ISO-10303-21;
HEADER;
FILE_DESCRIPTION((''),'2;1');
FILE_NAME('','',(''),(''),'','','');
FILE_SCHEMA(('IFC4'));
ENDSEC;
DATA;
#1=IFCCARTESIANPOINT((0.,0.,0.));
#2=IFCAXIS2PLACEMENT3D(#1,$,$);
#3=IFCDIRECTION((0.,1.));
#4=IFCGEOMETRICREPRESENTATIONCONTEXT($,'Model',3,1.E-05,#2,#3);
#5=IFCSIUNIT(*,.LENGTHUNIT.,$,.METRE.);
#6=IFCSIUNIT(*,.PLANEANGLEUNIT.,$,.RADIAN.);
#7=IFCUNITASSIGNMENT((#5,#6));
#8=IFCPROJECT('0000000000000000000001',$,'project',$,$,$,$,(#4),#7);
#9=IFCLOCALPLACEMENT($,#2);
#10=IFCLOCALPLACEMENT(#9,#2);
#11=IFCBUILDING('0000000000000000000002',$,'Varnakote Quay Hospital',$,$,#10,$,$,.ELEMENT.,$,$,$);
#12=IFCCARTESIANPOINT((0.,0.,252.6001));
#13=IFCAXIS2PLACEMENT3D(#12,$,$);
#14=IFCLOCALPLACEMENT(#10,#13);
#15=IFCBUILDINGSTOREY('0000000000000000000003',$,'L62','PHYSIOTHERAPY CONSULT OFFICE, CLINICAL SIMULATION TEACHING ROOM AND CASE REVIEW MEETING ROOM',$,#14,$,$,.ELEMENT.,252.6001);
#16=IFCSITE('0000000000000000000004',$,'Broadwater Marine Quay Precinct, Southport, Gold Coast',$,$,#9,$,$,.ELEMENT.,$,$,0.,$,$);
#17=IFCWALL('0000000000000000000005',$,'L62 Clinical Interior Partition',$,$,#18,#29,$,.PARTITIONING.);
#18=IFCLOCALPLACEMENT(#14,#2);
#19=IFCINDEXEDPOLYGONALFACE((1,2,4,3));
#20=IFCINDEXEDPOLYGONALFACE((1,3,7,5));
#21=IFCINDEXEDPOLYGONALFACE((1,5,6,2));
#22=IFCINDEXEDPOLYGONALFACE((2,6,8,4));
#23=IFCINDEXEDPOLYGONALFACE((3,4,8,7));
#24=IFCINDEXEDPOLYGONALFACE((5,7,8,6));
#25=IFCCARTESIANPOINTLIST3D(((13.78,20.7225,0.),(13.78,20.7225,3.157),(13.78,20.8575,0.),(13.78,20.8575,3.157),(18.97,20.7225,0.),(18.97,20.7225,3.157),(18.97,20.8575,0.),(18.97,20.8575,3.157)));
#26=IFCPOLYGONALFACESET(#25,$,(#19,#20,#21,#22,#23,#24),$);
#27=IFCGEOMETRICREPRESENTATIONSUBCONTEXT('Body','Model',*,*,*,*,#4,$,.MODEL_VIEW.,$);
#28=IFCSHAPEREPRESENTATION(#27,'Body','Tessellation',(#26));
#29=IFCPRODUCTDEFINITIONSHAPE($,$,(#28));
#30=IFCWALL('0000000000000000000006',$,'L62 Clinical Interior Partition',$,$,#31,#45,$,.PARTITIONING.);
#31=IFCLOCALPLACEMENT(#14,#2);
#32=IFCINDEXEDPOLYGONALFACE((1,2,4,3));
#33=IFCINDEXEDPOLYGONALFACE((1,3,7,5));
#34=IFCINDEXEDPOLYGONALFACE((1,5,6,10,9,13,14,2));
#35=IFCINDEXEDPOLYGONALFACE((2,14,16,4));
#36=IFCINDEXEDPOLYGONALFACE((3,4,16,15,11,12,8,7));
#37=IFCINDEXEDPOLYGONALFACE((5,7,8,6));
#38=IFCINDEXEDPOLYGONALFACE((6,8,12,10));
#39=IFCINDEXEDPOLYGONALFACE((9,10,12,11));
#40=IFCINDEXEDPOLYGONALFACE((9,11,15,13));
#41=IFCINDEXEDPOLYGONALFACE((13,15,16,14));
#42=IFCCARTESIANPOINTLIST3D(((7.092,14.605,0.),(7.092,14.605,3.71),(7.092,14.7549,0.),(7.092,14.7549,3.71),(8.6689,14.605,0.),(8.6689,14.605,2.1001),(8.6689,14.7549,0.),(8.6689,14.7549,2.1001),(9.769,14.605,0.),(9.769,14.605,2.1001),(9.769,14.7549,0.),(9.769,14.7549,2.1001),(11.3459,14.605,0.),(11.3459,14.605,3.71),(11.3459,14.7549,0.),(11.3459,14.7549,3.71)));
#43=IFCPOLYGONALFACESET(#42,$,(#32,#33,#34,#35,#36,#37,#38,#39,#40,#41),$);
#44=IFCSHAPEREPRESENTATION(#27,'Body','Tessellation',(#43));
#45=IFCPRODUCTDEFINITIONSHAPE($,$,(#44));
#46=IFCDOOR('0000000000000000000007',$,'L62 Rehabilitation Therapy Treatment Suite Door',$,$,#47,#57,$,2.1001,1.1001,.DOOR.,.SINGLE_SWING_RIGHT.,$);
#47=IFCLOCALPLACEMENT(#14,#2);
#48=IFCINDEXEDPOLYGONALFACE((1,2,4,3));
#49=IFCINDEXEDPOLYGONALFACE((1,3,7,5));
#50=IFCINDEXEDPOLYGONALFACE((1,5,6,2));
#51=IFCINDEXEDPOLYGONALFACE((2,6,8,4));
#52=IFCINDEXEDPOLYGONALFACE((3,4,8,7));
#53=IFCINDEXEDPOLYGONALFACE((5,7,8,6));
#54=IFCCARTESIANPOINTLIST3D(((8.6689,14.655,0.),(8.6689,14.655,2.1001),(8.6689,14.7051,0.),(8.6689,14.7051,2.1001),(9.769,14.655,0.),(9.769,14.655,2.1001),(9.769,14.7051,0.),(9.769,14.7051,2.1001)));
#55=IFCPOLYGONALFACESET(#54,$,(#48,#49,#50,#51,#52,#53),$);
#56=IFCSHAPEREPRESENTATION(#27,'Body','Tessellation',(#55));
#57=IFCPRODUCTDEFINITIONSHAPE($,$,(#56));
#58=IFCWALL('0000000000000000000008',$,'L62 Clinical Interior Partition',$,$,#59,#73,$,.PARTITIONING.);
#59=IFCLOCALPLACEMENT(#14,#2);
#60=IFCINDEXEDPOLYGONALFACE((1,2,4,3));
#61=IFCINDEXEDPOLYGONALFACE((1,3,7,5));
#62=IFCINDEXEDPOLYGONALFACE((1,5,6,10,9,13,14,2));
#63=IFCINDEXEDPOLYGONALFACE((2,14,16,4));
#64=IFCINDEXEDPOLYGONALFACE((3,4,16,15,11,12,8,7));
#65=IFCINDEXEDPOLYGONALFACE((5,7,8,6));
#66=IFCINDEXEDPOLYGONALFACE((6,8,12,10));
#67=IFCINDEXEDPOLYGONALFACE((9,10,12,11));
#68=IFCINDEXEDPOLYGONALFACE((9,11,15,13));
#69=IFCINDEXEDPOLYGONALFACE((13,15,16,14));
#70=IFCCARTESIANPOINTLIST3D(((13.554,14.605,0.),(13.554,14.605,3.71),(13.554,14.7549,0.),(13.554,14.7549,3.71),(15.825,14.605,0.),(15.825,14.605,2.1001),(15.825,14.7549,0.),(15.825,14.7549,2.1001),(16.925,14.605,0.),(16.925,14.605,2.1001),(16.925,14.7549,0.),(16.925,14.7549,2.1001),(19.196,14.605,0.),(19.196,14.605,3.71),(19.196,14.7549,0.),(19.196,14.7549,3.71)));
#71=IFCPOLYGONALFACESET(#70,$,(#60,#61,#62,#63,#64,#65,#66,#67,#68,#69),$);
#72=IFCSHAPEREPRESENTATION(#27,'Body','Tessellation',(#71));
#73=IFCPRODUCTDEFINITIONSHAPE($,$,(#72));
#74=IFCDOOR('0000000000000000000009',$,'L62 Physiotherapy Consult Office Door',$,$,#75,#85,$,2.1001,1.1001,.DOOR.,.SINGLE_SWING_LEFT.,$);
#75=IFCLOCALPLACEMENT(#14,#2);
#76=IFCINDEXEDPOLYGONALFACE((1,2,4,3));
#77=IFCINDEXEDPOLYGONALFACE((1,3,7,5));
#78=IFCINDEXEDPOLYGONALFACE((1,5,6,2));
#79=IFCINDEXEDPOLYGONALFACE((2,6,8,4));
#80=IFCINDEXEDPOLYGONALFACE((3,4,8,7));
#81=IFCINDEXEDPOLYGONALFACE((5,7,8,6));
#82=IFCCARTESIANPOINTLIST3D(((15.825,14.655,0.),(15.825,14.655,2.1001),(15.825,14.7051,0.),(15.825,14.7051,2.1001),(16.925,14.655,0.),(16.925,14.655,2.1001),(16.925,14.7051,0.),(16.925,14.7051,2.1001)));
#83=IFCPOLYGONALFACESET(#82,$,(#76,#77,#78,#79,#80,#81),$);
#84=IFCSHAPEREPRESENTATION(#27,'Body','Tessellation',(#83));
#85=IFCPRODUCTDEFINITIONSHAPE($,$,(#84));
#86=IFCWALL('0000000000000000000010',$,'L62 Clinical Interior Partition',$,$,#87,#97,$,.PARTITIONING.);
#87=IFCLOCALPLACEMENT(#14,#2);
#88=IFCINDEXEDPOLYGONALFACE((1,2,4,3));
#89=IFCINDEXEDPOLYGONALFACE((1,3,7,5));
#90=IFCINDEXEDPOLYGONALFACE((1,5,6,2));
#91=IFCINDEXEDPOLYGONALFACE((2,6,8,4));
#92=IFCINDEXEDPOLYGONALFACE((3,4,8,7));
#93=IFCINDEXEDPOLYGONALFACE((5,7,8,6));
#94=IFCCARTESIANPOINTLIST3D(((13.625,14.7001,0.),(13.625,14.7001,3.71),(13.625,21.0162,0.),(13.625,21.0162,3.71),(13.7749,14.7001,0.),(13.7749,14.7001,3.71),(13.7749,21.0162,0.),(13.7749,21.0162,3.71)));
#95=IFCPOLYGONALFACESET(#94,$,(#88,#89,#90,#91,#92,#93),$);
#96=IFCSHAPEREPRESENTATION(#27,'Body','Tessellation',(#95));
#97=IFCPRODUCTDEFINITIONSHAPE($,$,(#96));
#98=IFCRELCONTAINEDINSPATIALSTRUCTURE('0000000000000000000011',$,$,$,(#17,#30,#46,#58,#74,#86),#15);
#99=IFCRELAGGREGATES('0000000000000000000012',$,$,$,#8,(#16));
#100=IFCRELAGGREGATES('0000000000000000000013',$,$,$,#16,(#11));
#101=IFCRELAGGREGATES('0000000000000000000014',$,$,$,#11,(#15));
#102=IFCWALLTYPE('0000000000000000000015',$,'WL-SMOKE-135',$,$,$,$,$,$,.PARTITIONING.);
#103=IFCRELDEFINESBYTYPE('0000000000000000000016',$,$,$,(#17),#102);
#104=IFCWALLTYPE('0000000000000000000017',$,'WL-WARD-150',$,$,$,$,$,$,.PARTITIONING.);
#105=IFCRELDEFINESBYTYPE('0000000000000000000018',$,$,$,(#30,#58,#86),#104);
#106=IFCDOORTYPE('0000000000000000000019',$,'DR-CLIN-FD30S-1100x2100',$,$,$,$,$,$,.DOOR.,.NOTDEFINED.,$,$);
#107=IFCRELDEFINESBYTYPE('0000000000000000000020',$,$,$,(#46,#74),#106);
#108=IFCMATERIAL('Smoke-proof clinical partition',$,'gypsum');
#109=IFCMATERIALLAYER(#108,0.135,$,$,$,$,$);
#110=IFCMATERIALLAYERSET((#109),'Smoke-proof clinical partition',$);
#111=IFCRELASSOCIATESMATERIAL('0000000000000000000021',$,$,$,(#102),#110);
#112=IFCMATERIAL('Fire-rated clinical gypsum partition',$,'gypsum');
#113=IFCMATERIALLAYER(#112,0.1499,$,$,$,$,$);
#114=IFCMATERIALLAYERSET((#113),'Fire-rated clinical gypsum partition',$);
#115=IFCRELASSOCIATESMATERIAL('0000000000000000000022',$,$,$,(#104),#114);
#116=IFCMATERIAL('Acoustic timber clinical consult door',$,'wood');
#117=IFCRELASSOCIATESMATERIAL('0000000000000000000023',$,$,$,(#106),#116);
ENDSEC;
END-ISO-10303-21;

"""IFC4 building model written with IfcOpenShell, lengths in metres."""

from ifc_helpers import new_model, si_unit, direction, frame, frame_2d, origin, place, context, subcontext, project, spatial, rectangle, extrude, material, layer, layer_set, type_object, element, fill, save


model = new_model("IFC4")

# Units and contexts
model_context = context("Model", 3, precision=1e-05, world=origin(), true_north=direction((0.0, 1.0)))
body_context = subcontext(model_context, "Body", "Model", "MODEL_VIEW")
ifc_project = project(units=[si_unit("LENGTHUNIT", "METRE"), si_unit("PLANEANGLEUNIT", "RADIAN")], contexts=[model_context])

# Site, building, storey
site_placement = place(None, origin())
site = spatial("IfcSite", under=ifc_project, at=site_placement, Name="Broadwater Marine Quay Precinct, Southport, Gold Coast", CompositionType="ELEMENT", RefElevation=0.0)
building_placement = place(site_placement, origin())
building = spatial("IfcBuilding", under=site, at=building_placement, Name="Varnakote Quay Hospital", CompositionType="ELEMENT")
storey_placement = place(building_placement, frame((0.0, 0.0, 252.6001)))
storey = spatial("IfcBuildingStorey", under=building, at=storey_placement, Name="L62", Description="PHYSIOTHERAPY CONSULT OFFICE, CLINICAL SIMULATION TEACHING ROOM AND CASE REVIEW MEETING ROOM", CompositionType="ELEMENT", Elevation=252.6001)

# Wall
ifc_material_1 = material(Name="Smoke-proof clinical partition", Category="gypsum")
ifc_layer_1 = layer(ifc_material_1, 0.135)
ifc_layer_set_1 = layer_set([ifc_layer_1], Name="Smoke-proof clinical partition")
wall_type_1 = type_object("IfcWallType", Name="WL-SMOKE-135", PredefinedType="PARTITIONING", material=ifc_layer_set_1)
wall_1_placement = place(storey_placement, frame((18.97, 20.79, 0.0), z_axis=(0.0, 0.0, 1.0), x_axis=(-1.0, 0.0, 0.0)))
element("IfcWall", 1, at=wall_1_placement, inside=storey, type_object=wall_type_1, Name="L62 Clinical Interior Partition", PredefinedType="PARTITIONING", context=body_context, shape_type="SweptSolid", body=[
    extrude(rectangle(XDim=5.1899, YDim=0.135, at=frame_2d((2.595, 0.0))), origin(), (0.0, 0.0, 1.0), 3.157),
])

# Walls, openings, doors
ifc_material_2 = material(Name="Fire-rated clinical gypsum partition", Category="gypsum")
ifc_layer_2 = layer(ifc_material_2, 0.1499)
ifc_layer_set_2 = layer_set([ifc_layer_2], Name="Fire-rated clinical gypsum partition")
wall_type_2 = type_object("IfcWallType", Name="WL-WARD-150", PredefinedType="PARTITIONING", material=ifc_layer_set_2)
wall_2_placement = place(storey_placement, frame((11.3459, 14.6799, 0.0), z_axis=(0.0, 0.0, 1.0), x_axis=(-1.0, 0.0, 0.0)))
wall_2 = element("IfcWall", 2, at=wall_2_placement, inside=storey, type_object=wall_type_2, Name="L62 Clinical Interior Partition", PredefinedType="PARTITIONING", context=body_context, shape_type="SweptSolid", body=[
    extrude(rectangle(XDim=4.2539, YDim=0.1499, at=frame_2d((2.127, 0.0))), origin(), (0.0, 0.0, 1.0), 3.71),
])
opening_1_placement = place(wall_2_placement, frame((1.5769, 0.0, 0.0)))
opening_1 = element("IfcOpeningElement", 3, at=opening_1_placement, cuts=wall_2, PredefinedType="OPENING", context=body_context, shape_type="SweptSolid", body=[
    extrude(rectangle(XDim=1.1001, YDim=2.1001, at=frame_2d((0.55, 1.05))), frame((0.0, 0.085, 0.0), z_axis=(0.0, -1.0, 0.0), x_axis=(1.0, 0.0, 0.0)), (0.0, 0.0, 1.0), 0.1699),
])
ifc_material_3 = material(Name="Acoustic timber clinical consult door", Category="wood")
door_type_1 = type_object("IfcDoorType", Name="DR-CLIN-FD30S-1100x2100", OperationType="NOTDEFINED", PredefinedType="DOOR", material=ifc_material_3)
door_1_placement = place(opening_1_placement, origin())
door_1 = element("IfcDoor", 4, at=door_1_placement, inside=storey, type_object=door_type_1, Name="L62 Rehabilitation Therapy Treatment Suite Door", OperationType="SINGLE_SWING_RIGHT", OverallHeight=2.1001, OverallWidth=1.1001, PredefinedType="DOOR", context=body_context, shape_type="SweptSolid", body=[
    extrude(rectangle(XDim=1.1001, YDim=2.1001, at=frame_2d((0.55, 1.05))), frame((0.0, 0.0249, 0.0), z_axis=(0.0, -1.0, 0.0), x_axis=(1.0, 0.0, 0.0)), (0.0, 0.0, 1.0), 0.05),
])
fill(opening_1, door_1)
wall_3_placement = place(storey_placement, frame((19.196, 14.6799, 0.0), z_axis=(0.0, 0.0, 1.0), x_axis=(-1.0, 0.0, 0.0)))
wall_3 = element("IfcWall", 5, at=wall_3_placement, inside=storey, type_object=wall_type_2, Name="L62 Clinical Interior Partition", PredefinedType="PARTITIONING", context=body_context, shape_type="SweptSolid", body=[
    extrude(rectangle(XDim=5.6421, YDim=0.1499, at=frame_2d((2.821, 0.0))), origin(), (0.0, 0.0, 1.0), 3.71),
])
opening_2_placement = place(wall_3_placement, frame((2.271, 0.0, 0.0)))
opening_2 = element("IfcOpeningElement", 6, at=opening_2_placement, cuts=wall_3, PredefinedType="OPENING", context=body_context, shape_type="SweptSolid", body=[
    extrude(rectangle(XDim=1.1001, YDim=2.1001, at=frame_2d((0.55, 1.05))), frame((0.0, 0.085, 0.0), z_axis=(0.0, -1.0, 0.0), x_axis=(1.0, 0.0, 0.0)), (0.0, 0.0, 1.0), 0.1699),
])
door_2_placement = place(opening_2_placement, origin())
door_2 = element("IfcDoor", 7, at=door_2_placement, inside=storey, type_object=door_type_1, Name="L62 Physiotherapy Consult Office Door", OperationType="SINGLE_SWING_LEFT", OverallHeight=2.1001, OverallWidth=1.1001, PredefinedType="DOOR", context=body_context, shape_type="SweptSolid", body=[
    extrude(rectangle(XDim=1.1001, YDim=2.1001, at=frame_2d((0.55, 1.05))), frame((0.0, 0.0249, 0.0), z_axis=(0.0, -1.0, 0.0), x_axis=(1.0, 0.0, 0.0)), (0.0, 0.0, 1.0), 0.05),
])
fill(opening_2, door_2)

# Wall
wall_4_placement = place(storey_placement, frame((13.7, 14.7, 0.0), z_axis=(0.0, 0.0, 1.0), x_axis=(0.0, 1.0, 0.0)))
element("IfcWall", 8, at=wall_4_placement, inside=storey, type_object=wall_type_2, Name="L62 Clinical Interior Partition", PredefinedType="PARTITIONING", context=body_context, shape_type="SweptSolid", body=[
    extrude(rectangle(XDim=6.3162, YDim=0.1499, at=frame_2d((3.1582, 0.0))), origin(), (0.0, 0.0, 1.0), 3.71),
])

save(model, "model.ifc")
